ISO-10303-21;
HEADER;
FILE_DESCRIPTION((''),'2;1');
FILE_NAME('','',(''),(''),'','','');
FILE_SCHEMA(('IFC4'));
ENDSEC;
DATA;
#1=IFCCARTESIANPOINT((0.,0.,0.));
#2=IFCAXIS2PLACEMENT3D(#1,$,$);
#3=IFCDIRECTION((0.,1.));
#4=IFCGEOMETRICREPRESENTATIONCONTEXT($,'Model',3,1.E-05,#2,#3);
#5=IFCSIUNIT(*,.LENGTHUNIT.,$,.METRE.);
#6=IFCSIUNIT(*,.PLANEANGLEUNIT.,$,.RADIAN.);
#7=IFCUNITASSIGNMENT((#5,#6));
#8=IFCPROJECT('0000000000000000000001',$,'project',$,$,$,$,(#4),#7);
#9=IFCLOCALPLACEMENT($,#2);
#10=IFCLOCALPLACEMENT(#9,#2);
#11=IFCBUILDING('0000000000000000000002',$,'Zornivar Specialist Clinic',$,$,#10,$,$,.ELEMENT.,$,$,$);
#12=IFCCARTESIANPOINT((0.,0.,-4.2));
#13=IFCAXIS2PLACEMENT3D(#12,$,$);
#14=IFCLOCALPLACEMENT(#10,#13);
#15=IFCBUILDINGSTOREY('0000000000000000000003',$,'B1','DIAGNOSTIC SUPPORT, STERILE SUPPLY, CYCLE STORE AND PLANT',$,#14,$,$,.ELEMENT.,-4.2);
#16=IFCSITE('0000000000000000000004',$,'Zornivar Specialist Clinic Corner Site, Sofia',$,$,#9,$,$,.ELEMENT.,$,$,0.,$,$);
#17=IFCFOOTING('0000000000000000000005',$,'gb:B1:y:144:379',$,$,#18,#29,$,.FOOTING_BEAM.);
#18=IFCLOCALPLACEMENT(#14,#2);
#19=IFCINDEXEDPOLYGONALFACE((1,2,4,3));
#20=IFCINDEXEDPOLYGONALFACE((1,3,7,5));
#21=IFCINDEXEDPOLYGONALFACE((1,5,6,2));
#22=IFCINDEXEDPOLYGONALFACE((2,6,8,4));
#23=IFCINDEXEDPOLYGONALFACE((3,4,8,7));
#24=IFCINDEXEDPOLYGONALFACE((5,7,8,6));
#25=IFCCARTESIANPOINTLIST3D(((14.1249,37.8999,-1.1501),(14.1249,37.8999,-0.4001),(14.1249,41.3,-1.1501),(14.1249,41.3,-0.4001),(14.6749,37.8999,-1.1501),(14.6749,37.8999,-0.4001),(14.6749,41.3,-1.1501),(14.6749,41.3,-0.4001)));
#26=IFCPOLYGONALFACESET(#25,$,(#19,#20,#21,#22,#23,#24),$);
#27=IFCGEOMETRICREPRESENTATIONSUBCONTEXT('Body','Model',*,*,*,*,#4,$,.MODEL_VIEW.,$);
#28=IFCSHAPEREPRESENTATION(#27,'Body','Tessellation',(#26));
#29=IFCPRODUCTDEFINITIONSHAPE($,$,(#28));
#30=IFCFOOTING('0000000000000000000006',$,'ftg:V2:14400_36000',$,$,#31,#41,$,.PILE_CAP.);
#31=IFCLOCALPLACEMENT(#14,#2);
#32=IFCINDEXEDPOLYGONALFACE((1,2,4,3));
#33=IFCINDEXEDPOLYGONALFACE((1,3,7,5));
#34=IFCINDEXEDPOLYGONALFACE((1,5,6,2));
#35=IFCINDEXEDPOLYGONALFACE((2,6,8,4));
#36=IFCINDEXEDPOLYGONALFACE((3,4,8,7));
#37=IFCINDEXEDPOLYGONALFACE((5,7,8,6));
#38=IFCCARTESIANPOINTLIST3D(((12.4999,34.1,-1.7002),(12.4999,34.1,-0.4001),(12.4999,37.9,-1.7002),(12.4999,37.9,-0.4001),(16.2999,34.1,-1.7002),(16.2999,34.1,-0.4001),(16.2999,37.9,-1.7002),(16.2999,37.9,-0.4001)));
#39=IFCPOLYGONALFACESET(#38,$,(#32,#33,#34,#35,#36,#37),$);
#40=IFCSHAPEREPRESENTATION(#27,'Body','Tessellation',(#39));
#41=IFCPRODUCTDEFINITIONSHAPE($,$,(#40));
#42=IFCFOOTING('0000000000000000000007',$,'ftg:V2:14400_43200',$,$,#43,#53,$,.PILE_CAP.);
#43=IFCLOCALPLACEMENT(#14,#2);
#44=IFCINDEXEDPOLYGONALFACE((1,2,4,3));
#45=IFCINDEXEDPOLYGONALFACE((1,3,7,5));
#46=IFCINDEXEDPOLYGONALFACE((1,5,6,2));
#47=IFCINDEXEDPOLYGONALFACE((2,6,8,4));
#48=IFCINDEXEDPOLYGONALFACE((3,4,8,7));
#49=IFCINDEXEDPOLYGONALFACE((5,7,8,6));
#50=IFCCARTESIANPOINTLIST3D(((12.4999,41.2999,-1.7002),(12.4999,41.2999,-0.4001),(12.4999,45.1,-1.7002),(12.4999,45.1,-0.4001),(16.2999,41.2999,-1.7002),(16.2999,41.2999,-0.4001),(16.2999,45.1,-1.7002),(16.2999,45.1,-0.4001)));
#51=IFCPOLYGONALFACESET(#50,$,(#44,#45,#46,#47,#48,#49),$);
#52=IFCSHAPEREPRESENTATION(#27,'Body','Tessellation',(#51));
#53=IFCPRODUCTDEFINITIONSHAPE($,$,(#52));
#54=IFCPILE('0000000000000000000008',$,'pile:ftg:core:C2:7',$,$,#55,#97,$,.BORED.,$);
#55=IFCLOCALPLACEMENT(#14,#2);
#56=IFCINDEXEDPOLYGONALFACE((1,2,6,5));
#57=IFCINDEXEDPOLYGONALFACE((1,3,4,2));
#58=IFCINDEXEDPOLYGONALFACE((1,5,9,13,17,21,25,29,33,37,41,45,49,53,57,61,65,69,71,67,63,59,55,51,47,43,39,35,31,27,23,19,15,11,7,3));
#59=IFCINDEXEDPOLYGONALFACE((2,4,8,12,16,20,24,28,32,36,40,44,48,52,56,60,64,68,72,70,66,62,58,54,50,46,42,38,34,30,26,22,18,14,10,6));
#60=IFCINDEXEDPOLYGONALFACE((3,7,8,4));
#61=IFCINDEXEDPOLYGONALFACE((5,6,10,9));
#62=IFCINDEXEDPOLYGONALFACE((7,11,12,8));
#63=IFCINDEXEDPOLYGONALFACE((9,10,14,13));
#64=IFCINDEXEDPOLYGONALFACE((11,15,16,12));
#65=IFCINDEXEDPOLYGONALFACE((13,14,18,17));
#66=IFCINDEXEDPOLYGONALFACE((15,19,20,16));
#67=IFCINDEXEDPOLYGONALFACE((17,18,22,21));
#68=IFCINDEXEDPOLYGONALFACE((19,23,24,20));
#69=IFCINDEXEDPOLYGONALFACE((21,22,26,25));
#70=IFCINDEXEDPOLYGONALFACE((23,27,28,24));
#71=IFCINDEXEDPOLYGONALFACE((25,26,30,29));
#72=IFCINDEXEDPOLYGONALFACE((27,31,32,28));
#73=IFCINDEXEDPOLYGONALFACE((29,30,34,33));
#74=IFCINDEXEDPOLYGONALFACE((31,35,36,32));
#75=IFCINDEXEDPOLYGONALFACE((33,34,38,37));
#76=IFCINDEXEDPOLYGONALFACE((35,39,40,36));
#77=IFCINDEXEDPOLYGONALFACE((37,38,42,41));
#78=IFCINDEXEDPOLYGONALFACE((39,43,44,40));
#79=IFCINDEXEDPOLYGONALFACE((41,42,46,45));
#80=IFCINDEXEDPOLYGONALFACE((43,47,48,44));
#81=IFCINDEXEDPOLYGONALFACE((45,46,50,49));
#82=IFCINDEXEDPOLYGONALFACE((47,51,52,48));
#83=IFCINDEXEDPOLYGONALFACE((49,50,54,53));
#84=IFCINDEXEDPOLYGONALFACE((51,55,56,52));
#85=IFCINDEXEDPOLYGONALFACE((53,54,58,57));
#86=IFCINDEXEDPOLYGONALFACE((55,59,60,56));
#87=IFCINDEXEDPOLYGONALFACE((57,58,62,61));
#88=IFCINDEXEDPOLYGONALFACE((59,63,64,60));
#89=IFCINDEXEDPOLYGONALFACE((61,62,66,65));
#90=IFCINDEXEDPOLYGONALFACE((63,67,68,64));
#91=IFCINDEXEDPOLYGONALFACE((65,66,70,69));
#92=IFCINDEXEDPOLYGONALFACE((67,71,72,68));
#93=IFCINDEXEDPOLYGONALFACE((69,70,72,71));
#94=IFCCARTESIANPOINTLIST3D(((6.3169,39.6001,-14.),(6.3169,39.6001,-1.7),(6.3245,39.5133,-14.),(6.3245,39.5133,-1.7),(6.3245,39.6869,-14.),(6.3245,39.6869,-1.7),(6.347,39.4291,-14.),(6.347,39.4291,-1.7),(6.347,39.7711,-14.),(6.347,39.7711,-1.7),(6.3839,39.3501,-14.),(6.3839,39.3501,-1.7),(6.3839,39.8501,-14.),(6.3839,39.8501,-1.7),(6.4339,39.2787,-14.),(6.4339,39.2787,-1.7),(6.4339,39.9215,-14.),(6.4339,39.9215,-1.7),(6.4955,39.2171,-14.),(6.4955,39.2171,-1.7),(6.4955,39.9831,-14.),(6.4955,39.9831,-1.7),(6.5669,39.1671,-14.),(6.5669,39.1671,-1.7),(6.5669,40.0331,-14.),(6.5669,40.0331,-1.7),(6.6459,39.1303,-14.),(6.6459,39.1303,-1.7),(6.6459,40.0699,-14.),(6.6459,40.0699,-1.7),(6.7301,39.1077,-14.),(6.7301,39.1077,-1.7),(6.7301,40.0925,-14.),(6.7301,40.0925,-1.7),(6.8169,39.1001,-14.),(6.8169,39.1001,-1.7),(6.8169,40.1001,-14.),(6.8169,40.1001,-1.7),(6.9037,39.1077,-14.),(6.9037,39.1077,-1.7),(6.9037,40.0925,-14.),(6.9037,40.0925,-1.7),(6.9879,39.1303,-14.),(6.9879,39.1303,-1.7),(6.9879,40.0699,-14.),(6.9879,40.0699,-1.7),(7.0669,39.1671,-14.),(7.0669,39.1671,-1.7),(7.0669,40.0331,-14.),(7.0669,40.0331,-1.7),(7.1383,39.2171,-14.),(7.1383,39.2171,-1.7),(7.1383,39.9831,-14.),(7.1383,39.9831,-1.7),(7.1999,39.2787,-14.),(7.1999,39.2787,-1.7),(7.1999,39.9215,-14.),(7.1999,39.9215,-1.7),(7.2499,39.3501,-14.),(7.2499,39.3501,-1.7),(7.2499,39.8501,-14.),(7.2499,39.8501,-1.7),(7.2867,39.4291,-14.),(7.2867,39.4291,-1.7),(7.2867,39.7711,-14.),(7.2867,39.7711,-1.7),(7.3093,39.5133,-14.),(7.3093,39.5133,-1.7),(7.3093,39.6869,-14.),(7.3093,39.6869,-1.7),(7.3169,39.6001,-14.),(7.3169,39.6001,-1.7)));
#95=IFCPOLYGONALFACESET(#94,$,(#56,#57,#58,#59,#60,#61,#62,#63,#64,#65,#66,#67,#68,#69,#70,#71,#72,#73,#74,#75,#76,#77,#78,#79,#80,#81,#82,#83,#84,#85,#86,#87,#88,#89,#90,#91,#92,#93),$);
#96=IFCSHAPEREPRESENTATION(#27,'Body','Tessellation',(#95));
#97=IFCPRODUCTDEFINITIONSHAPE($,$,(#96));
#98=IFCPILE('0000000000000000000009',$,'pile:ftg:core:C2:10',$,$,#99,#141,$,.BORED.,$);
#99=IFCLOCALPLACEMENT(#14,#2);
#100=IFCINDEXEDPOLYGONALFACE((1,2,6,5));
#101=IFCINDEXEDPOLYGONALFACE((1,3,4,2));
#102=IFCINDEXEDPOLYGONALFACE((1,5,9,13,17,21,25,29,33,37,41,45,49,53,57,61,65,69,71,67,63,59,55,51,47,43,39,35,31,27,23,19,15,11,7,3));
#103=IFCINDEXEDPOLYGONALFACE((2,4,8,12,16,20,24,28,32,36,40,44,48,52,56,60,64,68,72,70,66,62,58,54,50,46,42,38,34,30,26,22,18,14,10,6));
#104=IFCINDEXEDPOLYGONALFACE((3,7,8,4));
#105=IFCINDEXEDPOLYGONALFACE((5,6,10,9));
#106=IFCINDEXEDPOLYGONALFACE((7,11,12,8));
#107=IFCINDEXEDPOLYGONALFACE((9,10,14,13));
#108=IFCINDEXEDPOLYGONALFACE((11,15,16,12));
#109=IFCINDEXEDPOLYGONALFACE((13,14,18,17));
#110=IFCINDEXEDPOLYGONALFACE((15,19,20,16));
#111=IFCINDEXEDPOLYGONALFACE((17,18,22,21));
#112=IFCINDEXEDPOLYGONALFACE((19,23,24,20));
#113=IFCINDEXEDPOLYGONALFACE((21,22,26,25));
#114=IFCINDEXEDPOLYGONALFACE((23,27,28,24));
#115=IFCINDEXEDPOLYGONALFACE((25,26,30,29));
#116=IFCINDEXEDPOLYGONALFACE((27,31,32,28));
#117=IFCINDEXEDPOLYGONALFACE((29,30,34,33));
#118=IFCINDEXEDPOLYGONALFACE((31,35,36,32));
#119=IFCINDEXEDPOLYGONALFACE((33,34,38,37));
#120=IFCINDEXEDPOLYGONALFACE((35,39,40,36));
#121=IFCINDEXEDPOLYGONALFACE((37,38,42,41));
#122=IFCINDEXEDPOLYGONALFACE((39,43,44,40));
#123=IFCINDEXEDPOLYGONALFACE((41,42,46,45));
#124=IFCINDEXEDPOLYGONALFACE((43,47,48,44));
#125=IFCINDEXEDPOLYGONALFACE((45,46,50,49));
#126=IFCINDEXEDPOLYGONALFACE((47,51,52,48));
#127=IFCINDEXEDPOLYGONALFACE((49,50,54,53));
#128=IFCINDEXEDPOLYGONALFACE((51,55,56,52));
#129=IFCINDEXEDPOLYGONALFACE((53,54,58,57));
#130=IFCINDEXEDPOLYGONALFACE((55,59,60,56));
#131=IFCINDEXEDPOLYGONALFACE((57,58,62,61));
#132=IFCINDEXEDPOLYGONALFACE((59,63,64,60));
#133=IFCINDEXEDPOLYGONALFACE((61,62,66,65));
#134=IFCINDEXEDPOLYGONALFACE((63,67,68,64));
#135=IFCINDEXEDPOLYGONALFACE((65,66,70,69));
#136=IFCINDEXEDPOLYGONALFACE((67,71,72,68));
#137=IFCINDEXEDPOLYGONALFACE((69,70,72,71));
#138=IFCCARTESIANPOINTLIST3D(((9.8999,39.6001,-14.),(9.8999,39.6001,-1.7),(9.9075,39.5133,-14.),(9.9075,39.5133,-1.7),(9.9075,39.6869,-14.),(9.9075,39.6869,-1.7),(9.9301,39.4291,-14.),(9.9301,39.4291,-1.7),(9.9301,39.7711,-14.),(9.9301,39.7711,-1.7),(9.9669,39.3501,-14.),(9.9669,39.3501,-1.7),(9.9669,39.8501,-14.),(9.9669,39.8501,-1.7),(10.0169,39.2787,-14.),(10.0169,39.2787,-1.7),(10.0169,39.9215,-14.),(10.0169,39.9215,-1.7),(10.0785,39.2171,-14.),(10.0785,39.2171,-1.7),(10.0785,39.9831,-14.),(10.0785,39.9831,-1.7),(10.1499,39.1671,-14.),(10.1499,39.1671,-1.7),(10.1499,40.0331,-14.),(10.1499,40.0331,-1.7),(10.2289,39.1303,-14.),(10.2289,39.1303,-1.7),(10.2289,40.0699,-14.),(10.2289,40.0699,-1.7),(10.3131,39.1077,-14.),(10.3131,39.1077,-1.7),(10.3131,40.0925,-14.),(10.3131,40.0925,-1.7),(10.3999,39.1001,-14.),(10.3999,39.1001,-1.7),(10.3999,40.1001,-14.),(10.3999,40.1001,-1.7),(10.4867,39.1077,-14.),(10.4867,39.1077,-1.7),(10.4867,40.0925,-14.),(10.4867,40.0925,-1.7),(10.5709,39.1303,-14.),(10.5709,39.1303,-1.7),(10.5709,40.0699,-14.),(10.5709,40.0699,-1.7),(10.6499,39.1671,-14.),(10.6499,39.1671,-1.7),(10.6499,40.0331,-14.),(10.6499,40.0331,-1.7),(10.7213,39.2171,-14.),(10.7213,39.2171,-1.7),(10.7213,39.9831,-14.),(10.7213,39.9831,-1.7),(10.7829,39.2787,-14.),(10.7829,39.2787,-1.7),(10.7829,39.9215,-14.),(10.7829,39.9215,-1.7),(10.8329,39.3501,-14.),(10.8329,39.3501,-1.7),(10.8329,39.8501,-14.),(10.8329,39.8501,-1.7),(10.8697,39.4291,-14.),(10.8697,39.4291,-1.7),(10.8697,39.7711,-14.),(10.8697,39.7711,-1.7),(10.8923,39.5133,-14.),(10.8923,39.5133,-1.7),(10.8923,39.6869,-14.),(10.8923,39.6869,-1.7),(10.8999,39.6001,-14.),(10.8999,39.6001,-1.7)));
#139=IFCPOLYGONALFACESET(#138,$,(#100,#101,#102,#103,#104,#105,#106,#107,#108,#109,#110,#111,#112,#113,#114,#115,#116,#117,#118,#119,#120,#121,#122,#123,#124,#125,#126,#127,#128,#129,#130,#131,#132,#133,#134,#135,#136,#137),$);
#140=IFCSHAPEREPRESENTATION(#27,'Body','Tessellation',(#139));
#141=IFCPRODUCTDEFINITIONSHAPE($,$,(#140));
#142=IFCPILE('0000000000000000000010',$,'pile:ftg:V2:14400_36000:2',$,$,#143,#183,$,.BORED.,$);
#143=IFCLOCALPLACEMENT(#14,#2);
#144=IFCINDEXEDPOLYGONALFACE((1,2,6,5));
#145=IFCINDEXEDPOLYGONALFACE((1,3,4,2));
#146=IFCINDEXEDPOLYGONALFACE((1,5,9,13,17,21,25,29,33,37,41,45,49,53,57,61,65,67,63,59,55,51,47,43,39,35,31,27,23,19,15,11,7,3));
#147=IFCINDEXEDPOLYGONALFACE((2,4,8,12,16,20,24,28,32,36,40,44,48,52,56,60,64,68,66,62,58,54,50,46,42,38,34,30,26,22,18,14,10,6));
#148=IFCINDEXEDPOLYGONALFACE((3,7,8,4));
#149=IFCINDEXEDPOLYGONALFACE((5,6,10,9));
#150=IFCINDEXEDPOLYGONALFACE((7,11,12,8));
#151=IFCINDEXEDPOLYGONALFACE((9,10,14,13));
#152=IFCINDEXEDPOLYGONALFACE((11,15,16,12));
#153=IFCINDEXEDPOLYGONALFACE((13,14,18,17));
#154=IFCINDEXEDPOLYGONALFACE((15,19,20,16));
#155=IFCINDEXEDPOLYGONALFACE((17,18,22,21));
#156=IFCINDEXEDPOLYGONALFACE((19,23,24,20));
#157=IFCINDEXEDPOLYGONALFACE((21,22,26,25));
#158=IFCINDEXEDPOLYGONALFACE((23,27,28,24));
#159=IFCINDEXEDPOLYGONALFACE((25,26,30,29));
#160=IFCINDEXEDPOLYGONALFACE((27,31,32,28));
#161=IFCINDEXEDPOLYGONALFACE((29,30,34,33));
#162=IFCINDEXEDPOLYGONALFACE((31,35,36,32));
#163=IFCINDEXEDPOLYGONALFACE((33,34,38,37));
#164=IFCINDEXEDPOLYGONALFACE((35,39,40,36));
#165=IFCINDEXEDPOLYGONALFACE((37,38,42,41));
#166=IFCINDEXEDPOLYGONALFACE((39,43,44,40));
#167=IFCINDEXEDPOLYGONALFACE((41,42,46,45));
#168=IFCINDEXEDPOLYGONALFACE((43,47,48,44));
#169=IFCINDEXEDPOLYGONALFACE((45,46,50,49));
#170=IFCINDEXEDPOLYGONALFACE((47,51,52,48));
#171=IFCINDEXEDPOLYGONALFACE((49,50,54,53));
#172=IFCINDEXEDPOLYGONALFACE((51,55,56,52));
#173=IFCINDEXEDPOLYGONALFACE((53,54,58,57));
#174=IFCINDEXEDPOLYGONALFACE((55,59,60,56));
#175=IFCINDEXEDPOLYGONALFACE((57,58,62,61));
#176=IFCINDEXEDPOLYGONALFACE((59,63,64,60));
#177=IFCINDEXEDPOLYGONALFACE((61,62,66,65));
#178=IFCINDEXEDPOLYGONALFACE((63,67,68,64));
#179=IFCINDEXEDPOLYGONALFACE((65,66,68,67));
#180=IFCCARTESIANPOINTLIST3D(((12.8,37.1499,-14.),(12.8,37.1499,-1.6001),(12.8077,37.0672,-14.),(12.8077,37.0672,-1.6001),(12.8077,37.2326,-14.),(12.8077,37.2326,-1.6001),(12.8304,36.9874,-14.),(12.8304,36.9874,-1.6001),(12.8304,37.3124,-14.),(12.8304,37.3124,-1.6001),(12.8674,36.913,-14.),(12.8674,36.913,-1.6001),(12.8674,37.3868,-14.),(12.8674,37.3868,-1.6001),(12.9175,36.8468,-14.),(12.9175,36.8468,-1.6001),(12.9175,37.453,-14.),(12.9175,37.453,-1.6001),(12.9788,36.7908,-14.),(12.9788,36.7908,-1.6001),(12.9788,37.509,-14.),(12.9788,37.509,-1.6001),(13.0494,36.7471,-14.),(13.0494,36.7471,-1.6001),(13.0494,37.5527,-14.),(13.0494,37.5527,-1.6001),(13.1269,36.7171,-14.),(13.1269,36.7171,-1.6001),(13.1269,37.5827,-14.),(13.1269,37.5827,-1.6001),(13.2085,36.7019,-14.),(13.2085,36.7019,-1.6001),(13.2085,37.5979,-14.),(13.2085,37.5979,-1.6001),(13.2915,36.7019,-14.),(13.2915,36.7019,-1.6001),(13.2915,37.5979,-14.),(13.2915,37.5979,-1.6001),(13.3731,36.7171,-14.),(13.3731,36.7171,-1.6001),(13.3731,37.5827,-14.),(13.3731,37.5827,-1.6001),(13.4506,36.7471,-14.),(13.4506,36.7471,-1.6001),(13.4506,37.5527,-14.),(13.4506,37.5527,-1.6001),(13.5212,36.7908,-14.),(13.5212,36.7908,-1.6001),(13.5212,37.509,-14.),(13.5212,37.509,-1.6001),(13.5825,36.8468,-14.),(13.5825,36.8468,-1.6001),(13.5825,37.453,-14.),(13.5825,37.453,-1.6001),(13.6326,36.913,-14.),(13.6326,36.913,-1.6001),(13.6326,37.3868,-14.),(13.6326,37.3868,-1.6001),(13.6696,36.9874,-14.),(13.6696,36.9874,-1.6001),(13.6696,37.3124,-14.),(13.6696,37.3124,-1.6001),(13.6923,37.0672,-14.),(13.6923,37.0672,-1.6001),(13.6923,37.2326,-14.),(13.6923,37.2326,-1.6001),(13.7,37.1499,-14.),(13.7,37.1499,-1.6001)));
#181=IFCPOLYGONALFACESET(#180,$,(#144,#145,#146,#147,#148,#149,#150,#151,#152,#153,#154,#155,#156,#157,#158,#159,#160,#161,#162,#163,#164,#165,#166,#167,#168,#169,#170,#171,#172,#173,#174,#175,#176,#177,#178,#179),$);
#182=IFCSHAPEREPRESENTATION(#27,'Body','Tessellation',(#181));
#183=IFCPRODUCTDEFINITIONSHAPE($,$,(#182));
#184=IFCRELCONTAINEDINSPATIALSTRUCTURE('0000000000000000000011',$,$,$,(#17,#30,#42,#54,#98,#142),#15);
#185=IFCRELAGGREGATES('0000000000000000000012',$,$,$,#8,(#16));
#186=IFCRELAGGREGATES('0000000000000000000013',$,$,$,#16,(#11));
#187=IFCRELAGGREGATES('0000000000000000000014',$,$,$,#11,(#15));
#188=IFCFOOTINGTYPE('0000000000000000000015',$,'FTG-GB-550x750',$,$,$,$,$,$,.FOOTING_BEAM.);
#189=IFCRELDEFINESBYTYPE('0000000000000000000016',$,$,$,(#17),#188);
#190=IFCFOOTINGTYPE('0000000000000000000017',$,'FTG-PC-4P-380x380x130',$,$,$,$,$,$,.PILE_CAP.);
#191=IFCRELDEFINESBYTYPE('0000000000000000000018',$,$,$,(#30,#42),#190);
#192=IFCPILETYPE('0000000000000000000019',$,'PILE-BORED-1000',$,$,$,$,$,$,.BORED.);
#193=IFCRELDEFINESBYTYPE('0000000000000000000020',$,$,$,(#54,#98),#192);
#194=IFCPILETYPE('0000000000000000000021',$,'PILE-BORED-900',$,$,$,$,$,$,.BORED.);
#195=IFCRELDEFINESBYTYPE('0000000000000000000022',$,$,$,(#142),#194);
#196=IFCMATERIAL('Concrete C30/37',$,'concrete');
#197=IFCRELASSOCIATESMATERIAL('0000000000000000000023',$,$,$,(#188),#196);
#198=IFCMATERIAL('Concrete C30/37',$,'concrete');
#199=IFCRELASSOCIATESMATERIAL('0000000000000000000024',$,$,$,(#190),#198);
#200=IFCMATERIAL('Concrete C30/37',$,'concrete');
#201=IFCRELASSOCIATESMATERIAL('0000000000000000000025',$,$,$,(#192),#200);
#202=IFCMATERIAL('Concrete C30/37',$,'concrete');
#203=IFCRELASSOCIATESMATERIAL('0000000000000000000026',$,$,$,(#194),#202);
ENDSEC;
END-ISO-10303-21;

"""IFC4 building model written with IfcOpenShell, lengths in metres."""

from ifc_helpers import new_model, si_unit, direction, frame, origin, origin_2d, place, context, subcontext, project, spatial, rectangle, circle, extrude, material, material_profile, profile_set, type_object, element, save


model = new_model("IFC4")

# Units and contexts
model_context = context("Model", 3, precision=1e-05, world=origin(), true_north=direction((0.0, 1.0)))
body_context = subcontext(model_context, "Body", "Model", "MODEL_VIEW")
ifc_project = project(units=[si_unit("LENGTHUNIT", "METRE"), si_unit("PLANEANGLEUNIT", "RADIAN")], contexts=[model_context])

# Site, building, storey
site_placement = place(None, origin())
site = spatial("IfcSite", under=ifc_project, at=site_placement, Name="Zornivar Specialist Clinic Corner Site, Sofia", CompositionType="ELEMENT", RefElevation=0.0)
building_placement = place(site_placement, origin())
building = spatial("IfcBuilding", under=site, at=building_placement, Name="Zornivar Specialist Clinic", CompositionType="ELEMENT")
storey_placement = place(building_placement, frame((0.0, 0.0, -4.2)))
storey = spatial("IfcBuildingStorey", under=building, at=storey_placement, Name="B1", Description="DIAGNOSTIC SUPPORT, STERILE SUPPLY, CYCLE STORE AND PLANT", CompositionType="ELEMENT", Elevation=-4.2)

# Footings
ifc_material_1 = material(Name="Concrete C30/37", Category="concrete")
ifc_material_profile_1 = material_profile(ifc_material_1, rectangle(XDim=0.55, YDim=0.75, at=origin_2d()), Name="RC 550x750")
ifc_profile_set_1 = profile_set([ifc_material_profile_1], Name="Concrete C30/37")
footing_type_1 = type_object("IfcFootingType", Name="FTG-GB-550x750", PredefinedType="FOOTING_BEAM", material=ifc_profile_set_1)
footing_placement = place(storey_placement, frame((14.3999, 37.8999, -0.7751), z_axis=(0.0, 1.0, 0.0), x_axis=(-1.0, 0.0, 0.0)))
element("IfcFooting", 1, at=footing_placement, inside=storey, type_object=footing_type_1, Name="gb:B1:y:144:379", PredefinedType="FOOTING_BEAM", context=body_context, shape_type="SweptSolid", body=[
    extrude(rectangle(XDim=0.55, YDim=0.75, at=origin_2d()), origin(), (0.0, 0.0, 1.0), 3.4001),
])
ifc_material_2 = material(Name="Concrete C30/37", Category="concrete")
footing_type_2 = type_object("IfcFootingType", Name="FTG-PC-4P-380x380x130", PredefinedType="PILE_CAP", material=ifc_material_2)
for number, where, z_axis, x_axis, name in (
    (2, (14.3999, 36.0, -1.7002), (0.0, 0.0, 1.0), (1.0, 0.0, 0.0), "ftg:V2:14400_36000"),
    (3, (14.3999, 43.2, -1.7002), (0.0, 0.0, 1.0), (1.0, 0.0, 0.0), "ftg:V2:14400_43200"),
):
    element("IfcFooting", number, at=place(storey_placement, frame(where, z_axis=z_axis, x_axis=x_axis)), inside=storey, type_object=footing_type_2, Name=name, PredefinedType="PILE_CAP", context=body_context, shape_type="SweptSolid", body=[
        extrude(rectangle(XDim=3.8, YDim=3.8, at=origin_2d()), origin(), (0.0, 0.0, 1.0), 1.3),
    ])

# Piles
ifc_material_3 = material(Name="Concrete C30/37", Category="concrete")
ifc_material_profile_2 = material_profile(ifc_material_3, circle(Radius=0.5, at=origin_2d()), Name="PILE D1000")
ifc_profile_set_2 = profile_set([ifc_material_profile_2], Name="Concrete C30/37")
pile_type_1 = type_object("IfcPileType", Name="PILE-BORED-1000", PredefinedType="BORED", material=ifc_profile_set_2)
for number, where, z_axis, x_axis, name in (
    (4, (6.8169, 39.6001, -1.7), (0.0, 0.0, -1.0), (1.0, 0.0, 0.0), "pile:ftg:core:C2:7"),
    (5, (10.3999, 39.6001, -1.7), (0.0, 0.0, -1.0), (1.0, 0.0, 0.0), "pile:ftg:core:C2:10"),
):
    element("IfcPile", number, at=place(storey_placement, frame(where, z_axis=z_axis, x_axis=x_axis)), inside=storey, type_object=pile_type_1, Name=name, PredefinedType="BORED", context=body_context, shape_type="SweptSolid", body=[
        extrude(circle(Radius=0.5, at=origin_2d()), origin(), (0.0, 0.0, 1.0), 12.3),
    ])
ifc_material_4 = material(Name="Concrete C30/37", Category="concrete")
ifc_material_profile_3 = material_profile(ifc_material_4, circle(Radius=0.45, at=origin_2d()), Name="PILE D900")
ifc_profile_set_3 = profile_set([ifc_material_profile_3], Name="Concrete C30/37")
pile_type_2 = type_object("IfcPileType", Name="PILE-BORED-900", PredefinedType="BORED", material=ifc_profile_set_3)
for number, where, z_axis, x_axis, name in (
    (6, (13.25, 37.1499, -1.6001), (0.0, 0.0, -1.0), (1.0, 0.0, 0.0), "pile:ftg:V2:14400_36000:2"),
):
    element("IfcPile", number, at=place(storey_placement, frame(where, z_axis=z_axis, x_axis=x_axis)), inside=storey, type_object=pile_type_2, Name=name, PredefinedType="BORED", context=body_context, shape_type="SweptSolid", body=[
        extrude(circle(Radius=0.45, at=origin_2d()), origin(), (0.0, 0.0, 1.0), 12.3999),
    ])

save(model, "model.ifc")
